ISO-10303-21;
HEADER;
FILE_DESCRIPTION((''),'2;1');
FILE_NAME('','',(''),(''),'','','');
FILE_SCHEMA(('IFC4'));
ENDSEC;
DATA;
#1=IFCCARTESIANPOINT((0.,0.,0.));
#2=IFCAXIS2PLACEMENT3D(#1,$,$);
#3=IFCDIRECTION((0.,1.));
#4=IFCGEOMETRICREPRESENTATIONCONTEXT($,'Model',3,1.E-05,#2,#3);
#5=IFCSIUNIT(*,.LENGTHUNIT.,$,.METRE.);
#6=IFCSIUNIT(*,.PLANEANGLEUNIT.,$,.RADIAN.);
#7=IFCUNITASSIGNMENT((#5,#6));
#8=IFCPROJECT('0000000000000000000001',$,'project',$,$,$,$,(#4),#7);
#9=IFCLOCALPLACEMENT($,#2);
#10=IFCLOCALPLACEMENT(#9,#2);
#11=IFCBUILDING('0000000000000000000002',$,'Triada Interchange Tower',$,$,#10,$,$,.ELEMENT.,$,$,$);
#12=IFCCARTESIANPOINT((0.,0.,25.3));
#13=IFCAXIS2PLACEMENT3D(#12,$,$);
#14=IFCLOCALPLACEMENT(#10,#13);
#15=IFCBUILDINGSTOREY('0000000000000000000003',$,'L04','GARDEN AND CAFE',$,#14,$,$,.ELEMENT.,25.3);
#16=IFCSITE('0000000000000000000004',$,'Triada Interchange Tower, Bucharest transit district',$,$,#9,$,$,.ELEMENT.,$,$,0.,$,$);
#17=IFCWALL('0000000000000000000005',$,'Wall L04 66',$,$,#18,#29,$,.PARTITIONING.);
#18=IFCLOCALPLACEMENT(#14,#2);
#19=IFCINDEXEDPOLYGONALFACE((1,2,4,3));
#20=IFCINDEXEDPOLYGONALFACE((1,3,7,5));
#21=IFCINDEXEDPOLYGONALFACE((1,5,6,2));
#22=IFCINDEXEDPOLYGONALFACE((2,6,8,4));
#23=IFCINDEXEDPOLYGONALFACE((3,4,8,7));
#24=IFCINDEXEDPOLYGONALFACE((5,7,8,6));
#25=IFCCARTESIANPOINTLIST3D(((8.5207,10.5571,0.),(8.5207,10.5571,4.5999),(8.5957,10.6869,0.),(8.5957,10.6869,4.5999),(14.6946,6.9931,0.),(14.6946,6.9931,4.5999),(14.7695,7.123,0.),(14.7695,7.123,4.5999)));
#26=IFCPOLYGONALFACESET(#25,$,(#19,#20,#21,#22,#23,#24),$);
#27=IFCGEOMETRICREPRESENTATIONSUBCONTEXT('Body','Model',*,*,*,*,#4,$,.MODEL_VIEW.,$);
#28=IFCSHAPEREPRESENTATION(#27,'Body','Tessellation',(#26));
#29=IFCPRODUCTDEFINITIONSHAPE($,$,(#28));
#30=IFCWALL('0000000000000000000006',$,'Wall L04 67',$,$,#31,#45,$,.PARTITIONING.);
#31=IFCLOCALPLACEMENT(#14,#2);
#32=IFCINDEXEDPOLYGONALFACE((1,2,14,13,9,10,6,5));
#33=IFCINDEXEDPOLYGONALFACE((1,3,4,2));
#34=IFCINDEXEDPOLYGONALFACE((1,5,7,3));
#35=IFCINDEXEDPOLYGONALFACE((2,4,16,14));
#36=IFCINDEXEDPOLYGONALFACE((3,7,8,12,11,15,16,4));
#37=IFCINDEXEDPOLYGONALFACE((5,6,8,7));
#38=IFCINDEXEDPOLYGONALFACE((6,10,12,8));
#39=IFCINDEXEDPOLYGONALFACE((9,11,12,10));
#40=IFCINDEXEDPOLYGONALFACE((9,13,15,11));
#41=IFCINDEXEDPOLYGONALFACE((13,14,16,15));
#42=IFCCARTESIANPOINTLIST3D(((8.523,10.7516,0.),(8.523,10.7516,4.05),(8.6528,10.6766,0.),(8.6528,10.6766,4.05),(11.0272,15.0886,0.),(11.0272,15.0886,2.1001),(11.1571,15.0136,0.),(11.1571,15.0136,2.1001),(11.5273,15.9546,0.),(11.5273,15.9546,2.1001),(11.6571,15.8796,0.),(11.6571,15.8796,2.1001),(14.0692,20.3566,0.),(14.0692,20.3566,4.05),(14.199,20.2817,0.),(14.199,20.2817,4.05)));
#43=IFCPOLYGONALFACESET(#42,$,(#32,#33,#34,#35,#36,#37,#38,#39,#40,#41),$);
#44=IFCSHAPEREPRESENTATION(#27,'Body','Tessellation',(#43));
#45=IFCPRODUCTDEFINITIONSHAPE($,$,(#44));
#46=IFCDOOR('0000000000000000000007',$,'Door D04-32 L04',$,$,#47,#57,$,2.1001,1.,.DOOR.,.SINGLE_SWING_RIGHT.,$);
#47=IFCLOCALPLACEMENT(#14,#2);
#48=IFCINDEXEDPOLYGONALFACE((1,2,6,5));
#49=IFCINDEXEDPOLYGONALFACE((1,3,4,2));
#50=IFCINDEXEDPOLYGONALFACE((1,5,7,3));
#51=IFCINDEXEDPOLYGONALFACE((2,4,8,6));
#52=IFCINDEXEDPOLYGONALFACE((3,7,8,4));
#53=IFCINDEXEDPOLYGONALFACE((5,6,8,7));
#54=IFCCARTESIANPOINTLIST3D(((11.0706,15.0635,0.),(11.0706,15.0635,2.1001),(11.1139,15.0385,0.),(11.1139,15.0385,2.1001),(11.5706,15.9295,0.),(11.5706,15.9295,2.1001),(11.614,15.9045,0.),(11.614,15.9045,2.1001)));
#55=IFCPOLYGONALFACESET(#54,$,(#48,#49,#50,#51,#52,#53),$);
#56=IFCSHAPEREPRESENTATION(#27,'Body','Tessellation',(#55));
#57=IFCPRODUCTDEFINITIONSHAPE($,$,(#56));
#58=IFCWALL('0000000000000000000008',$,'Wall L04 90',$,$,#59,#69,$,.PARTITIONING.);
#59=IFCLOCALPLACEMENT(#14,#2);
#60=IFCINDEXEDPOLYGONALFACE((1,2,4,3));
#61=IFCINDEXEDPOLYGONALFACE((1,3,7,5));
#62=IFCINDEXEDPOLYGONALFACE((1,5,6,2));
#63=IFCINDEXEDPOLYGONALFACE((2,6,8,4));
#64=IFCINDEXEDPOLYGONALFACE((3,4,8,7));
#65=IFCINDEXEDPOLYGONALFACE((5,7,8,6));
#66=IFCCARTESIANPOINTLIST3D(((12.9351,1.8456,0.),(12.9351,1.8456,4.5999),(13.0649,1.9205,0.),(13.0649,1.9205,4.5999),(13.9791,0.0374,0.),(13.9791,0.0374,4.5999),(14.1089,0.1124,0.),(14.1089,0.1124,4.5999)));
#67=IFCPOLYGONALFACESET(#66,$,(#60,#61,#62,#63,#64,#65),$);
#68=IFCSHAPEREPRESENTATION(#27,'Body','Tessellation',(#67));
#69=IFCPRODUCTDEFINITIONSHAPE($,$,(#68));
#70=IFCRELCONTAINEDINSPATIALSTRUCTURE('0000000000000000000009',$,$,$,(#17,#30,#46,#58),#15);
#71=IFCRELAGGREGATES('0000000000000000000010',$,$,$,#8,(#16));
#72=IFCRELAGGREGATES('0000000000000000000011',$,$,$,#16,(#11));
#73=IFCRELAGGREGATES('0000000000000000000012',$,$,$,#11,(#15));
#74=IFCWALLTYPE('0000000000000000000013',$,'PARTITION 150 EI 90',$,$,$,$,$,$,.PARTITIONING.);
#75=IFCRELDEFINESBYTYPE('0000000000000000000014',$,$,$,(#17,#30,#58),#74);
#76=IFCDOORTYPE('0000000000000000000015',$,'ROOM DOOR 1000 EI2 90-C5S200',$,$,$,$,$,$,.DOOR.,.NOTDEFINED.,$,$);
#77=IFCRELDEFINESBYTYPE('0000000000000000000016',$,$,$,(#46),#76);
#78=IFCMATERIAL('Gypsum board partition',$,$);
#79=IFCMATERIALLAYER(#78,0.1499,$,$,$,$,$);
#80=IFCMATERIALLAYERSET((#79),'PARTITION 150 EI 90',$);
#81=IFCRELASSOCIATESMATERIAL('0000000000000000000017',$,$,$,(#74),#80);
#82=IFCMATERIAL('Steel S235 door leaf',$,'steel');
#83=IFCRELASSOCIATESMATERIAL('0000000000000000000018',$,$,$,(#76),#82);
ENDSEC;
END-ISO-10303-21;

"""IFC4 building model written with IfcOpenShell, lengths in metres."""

from ifc_helpers import new_model, si_unit, direction, frame, frame_2d, origin, place, context, subcontext, project, spatial, rectangle, extrude, material, layer, layer_set, type_object, element, fill, save


model = new_model("IFC4")

# Units and contexts
model_context = context("Model", 3, precision=1e-05, world=origin(), true_north=direction((0.0, 1.0)))
body_context = subcontext(model_context, "Body", "Model", "MODEL_VIEW")
ifc_project = project(units=[si_unit("LENGTHUNIT", "METRE"), si_unit("PLANEANGLEUNIT", "RADIAN")], contexts=[model_context])

# Site, building, storey
site_placement = place(None, origin())
site = spatial("IfcSite", under=ifc_project, at=site_placement, Name="Triada Interchange Tower, Bucharest transit district", CompositionType="ELEMENT", RefElevation=0.0)
building_placement = place(site_placement, origin())
building = spatial("IfcBuilding", under=site, at=building_placement, Name="Triada Interchange Tower", CompositionType="ELEMENT")
storey_placement = place(building_placement, frame((0.0, 0.0, 25.3)))
storey = spatial("IfcBuildingStorey", under=building, at=storey_placement, Name="L04", Description="GARDEN AND CAFE", CompositionType="ELEMENT", Elevation=25.3)

# Shared definitions
ifc_material_1 = material(Name="Steel S235 door leaf", Category="steel")

# Wall
ifc_material_2 = material(Name="Gypsum board partition")
ifc_layer_1 = layer(ifc_material_2, 0.1499)
ifc_layer_set_1 = layer_set([ifc_layer_1], Name="PARTITION 150 EI 90")
wall_type_1 = type_object("IfcWallType", Name="PARTITION 150 EI 90", PredefinedType="PARTITIONING", material=ifc_layer_set_1)
wall_1_placement = place(storey_placement, frame((8.5581, 10.6221, 0.0), z_axis=(0.0, 0.0, 1.0), x_axis=(0.866056, -0.499948, 0.0)))
element("IfcWall", 1, at=wall_1_placement, inside=storey, type_object=wall_type_1, Name="Wall L04 66", PredefinedType="PARTITIONING", context=body_context, shape_type="SweptSolid", body=[
    extrude(rectangle(XDim=7.1287, YDim=0.1499, at=frame_2d((3.5645, 0.0))), origin(), (0.0, 0.0, 1.0), 4.5999),
])

# Wall, opening, door
wall_2_placement = place(storey_placement, frame((8.5879, 10.7141, 0.0), z_axis=(0.0, 0.0, 1.0), x_axis=(0.500048, 0.865998, 0.0)))
wall_2 = element("IfcWall", 2, at=wall_2_placement, inside=storey, type_object=wall_type_1, Name="Wall L04 67", PredefinedType="PARTITIONING", context=body_context, shape_type="SweptSolid", body=[
    extrude(rectangle(XDim=11.0913, YDim=0.1499, at=frame_2d((5.5457, 0.0))), origin(), (0.0, 0.0, 1.0), 4.05),
])
opening_1_placement = place(wall_2_placement, frame((5.0081, 0.0, 0.0)))
opening_1 = element("IfcOpeningElement", 3, at=opening_1_placement, cuts=wall_2, PredefinedType="OPENING", context=body_context, shape_type="SweptSolid", body=[
    extrude(rectangle(XDim=1.0, YDim=2.1001, at=frame_2d((0.5, 1.05))), frame((0.0, 0.085, 0.0), z_axis=(0.0, -1.0, 0.0), x_axis=(1.0, 0.0, 0.0)), (0.0, 0.0, 1.0), 0.1699),
])
door_type_1 = type_object("IfcDoorType", Name="ROOM DOOR 1000 EI2 90-C5S200", OperationType="NOTDEFINED", PredefinedType="DOOR", material=ifc_material_1)
door_1_placement = place(opening_1_placement, origin())
door_1 = element("IfcDoor", 4, at=door_1_placement, inside=storey, type_object=door_type_1, Name="Door D04-32 L04", OperationType="SINGLE_SWING_RIGHT", OverallHeight=2.1001, OverallWidth=1.0, PredefinedType="DOOR", context=body_context, shape_type="SweptSolid", body=[
    extrude(rectangle(XDim=1.0, YDim=2.1001, at=frame_2d((0.5, 1.05))), frame((0.0, 0.0249, 0.0), z_axis=(0.0, -1.0, 0.0), x_axis=(1.0, 0.0, 0.0)), (0.0, 0.0, 1.0), 0.05),
])
fill(opening_1, door_1)

# Wall
wall_3_placement = place(storey_placement, frame((13.0, 1.8831, 0.0), z_axis=(0.0, 0.0, 1.0), x_axis=(0.500013, -0.866018, 0.0)))
element("IfcWall", 5, at=wall_3_placement, inside=storey, type_object=wall_type_1, Name="Wall L04 90", PredefinedType="PARTITIONING", context=body_context, shape_type="SweptSolid", body=[
    extrude(rectangle(XDim=2.0879, YDim=0.1499, at=frame_2d((1.0439, 0.0))), origin(), (0.0, 0.0, 1.0), 4.5999),
])

save(model, "model.ifc")
